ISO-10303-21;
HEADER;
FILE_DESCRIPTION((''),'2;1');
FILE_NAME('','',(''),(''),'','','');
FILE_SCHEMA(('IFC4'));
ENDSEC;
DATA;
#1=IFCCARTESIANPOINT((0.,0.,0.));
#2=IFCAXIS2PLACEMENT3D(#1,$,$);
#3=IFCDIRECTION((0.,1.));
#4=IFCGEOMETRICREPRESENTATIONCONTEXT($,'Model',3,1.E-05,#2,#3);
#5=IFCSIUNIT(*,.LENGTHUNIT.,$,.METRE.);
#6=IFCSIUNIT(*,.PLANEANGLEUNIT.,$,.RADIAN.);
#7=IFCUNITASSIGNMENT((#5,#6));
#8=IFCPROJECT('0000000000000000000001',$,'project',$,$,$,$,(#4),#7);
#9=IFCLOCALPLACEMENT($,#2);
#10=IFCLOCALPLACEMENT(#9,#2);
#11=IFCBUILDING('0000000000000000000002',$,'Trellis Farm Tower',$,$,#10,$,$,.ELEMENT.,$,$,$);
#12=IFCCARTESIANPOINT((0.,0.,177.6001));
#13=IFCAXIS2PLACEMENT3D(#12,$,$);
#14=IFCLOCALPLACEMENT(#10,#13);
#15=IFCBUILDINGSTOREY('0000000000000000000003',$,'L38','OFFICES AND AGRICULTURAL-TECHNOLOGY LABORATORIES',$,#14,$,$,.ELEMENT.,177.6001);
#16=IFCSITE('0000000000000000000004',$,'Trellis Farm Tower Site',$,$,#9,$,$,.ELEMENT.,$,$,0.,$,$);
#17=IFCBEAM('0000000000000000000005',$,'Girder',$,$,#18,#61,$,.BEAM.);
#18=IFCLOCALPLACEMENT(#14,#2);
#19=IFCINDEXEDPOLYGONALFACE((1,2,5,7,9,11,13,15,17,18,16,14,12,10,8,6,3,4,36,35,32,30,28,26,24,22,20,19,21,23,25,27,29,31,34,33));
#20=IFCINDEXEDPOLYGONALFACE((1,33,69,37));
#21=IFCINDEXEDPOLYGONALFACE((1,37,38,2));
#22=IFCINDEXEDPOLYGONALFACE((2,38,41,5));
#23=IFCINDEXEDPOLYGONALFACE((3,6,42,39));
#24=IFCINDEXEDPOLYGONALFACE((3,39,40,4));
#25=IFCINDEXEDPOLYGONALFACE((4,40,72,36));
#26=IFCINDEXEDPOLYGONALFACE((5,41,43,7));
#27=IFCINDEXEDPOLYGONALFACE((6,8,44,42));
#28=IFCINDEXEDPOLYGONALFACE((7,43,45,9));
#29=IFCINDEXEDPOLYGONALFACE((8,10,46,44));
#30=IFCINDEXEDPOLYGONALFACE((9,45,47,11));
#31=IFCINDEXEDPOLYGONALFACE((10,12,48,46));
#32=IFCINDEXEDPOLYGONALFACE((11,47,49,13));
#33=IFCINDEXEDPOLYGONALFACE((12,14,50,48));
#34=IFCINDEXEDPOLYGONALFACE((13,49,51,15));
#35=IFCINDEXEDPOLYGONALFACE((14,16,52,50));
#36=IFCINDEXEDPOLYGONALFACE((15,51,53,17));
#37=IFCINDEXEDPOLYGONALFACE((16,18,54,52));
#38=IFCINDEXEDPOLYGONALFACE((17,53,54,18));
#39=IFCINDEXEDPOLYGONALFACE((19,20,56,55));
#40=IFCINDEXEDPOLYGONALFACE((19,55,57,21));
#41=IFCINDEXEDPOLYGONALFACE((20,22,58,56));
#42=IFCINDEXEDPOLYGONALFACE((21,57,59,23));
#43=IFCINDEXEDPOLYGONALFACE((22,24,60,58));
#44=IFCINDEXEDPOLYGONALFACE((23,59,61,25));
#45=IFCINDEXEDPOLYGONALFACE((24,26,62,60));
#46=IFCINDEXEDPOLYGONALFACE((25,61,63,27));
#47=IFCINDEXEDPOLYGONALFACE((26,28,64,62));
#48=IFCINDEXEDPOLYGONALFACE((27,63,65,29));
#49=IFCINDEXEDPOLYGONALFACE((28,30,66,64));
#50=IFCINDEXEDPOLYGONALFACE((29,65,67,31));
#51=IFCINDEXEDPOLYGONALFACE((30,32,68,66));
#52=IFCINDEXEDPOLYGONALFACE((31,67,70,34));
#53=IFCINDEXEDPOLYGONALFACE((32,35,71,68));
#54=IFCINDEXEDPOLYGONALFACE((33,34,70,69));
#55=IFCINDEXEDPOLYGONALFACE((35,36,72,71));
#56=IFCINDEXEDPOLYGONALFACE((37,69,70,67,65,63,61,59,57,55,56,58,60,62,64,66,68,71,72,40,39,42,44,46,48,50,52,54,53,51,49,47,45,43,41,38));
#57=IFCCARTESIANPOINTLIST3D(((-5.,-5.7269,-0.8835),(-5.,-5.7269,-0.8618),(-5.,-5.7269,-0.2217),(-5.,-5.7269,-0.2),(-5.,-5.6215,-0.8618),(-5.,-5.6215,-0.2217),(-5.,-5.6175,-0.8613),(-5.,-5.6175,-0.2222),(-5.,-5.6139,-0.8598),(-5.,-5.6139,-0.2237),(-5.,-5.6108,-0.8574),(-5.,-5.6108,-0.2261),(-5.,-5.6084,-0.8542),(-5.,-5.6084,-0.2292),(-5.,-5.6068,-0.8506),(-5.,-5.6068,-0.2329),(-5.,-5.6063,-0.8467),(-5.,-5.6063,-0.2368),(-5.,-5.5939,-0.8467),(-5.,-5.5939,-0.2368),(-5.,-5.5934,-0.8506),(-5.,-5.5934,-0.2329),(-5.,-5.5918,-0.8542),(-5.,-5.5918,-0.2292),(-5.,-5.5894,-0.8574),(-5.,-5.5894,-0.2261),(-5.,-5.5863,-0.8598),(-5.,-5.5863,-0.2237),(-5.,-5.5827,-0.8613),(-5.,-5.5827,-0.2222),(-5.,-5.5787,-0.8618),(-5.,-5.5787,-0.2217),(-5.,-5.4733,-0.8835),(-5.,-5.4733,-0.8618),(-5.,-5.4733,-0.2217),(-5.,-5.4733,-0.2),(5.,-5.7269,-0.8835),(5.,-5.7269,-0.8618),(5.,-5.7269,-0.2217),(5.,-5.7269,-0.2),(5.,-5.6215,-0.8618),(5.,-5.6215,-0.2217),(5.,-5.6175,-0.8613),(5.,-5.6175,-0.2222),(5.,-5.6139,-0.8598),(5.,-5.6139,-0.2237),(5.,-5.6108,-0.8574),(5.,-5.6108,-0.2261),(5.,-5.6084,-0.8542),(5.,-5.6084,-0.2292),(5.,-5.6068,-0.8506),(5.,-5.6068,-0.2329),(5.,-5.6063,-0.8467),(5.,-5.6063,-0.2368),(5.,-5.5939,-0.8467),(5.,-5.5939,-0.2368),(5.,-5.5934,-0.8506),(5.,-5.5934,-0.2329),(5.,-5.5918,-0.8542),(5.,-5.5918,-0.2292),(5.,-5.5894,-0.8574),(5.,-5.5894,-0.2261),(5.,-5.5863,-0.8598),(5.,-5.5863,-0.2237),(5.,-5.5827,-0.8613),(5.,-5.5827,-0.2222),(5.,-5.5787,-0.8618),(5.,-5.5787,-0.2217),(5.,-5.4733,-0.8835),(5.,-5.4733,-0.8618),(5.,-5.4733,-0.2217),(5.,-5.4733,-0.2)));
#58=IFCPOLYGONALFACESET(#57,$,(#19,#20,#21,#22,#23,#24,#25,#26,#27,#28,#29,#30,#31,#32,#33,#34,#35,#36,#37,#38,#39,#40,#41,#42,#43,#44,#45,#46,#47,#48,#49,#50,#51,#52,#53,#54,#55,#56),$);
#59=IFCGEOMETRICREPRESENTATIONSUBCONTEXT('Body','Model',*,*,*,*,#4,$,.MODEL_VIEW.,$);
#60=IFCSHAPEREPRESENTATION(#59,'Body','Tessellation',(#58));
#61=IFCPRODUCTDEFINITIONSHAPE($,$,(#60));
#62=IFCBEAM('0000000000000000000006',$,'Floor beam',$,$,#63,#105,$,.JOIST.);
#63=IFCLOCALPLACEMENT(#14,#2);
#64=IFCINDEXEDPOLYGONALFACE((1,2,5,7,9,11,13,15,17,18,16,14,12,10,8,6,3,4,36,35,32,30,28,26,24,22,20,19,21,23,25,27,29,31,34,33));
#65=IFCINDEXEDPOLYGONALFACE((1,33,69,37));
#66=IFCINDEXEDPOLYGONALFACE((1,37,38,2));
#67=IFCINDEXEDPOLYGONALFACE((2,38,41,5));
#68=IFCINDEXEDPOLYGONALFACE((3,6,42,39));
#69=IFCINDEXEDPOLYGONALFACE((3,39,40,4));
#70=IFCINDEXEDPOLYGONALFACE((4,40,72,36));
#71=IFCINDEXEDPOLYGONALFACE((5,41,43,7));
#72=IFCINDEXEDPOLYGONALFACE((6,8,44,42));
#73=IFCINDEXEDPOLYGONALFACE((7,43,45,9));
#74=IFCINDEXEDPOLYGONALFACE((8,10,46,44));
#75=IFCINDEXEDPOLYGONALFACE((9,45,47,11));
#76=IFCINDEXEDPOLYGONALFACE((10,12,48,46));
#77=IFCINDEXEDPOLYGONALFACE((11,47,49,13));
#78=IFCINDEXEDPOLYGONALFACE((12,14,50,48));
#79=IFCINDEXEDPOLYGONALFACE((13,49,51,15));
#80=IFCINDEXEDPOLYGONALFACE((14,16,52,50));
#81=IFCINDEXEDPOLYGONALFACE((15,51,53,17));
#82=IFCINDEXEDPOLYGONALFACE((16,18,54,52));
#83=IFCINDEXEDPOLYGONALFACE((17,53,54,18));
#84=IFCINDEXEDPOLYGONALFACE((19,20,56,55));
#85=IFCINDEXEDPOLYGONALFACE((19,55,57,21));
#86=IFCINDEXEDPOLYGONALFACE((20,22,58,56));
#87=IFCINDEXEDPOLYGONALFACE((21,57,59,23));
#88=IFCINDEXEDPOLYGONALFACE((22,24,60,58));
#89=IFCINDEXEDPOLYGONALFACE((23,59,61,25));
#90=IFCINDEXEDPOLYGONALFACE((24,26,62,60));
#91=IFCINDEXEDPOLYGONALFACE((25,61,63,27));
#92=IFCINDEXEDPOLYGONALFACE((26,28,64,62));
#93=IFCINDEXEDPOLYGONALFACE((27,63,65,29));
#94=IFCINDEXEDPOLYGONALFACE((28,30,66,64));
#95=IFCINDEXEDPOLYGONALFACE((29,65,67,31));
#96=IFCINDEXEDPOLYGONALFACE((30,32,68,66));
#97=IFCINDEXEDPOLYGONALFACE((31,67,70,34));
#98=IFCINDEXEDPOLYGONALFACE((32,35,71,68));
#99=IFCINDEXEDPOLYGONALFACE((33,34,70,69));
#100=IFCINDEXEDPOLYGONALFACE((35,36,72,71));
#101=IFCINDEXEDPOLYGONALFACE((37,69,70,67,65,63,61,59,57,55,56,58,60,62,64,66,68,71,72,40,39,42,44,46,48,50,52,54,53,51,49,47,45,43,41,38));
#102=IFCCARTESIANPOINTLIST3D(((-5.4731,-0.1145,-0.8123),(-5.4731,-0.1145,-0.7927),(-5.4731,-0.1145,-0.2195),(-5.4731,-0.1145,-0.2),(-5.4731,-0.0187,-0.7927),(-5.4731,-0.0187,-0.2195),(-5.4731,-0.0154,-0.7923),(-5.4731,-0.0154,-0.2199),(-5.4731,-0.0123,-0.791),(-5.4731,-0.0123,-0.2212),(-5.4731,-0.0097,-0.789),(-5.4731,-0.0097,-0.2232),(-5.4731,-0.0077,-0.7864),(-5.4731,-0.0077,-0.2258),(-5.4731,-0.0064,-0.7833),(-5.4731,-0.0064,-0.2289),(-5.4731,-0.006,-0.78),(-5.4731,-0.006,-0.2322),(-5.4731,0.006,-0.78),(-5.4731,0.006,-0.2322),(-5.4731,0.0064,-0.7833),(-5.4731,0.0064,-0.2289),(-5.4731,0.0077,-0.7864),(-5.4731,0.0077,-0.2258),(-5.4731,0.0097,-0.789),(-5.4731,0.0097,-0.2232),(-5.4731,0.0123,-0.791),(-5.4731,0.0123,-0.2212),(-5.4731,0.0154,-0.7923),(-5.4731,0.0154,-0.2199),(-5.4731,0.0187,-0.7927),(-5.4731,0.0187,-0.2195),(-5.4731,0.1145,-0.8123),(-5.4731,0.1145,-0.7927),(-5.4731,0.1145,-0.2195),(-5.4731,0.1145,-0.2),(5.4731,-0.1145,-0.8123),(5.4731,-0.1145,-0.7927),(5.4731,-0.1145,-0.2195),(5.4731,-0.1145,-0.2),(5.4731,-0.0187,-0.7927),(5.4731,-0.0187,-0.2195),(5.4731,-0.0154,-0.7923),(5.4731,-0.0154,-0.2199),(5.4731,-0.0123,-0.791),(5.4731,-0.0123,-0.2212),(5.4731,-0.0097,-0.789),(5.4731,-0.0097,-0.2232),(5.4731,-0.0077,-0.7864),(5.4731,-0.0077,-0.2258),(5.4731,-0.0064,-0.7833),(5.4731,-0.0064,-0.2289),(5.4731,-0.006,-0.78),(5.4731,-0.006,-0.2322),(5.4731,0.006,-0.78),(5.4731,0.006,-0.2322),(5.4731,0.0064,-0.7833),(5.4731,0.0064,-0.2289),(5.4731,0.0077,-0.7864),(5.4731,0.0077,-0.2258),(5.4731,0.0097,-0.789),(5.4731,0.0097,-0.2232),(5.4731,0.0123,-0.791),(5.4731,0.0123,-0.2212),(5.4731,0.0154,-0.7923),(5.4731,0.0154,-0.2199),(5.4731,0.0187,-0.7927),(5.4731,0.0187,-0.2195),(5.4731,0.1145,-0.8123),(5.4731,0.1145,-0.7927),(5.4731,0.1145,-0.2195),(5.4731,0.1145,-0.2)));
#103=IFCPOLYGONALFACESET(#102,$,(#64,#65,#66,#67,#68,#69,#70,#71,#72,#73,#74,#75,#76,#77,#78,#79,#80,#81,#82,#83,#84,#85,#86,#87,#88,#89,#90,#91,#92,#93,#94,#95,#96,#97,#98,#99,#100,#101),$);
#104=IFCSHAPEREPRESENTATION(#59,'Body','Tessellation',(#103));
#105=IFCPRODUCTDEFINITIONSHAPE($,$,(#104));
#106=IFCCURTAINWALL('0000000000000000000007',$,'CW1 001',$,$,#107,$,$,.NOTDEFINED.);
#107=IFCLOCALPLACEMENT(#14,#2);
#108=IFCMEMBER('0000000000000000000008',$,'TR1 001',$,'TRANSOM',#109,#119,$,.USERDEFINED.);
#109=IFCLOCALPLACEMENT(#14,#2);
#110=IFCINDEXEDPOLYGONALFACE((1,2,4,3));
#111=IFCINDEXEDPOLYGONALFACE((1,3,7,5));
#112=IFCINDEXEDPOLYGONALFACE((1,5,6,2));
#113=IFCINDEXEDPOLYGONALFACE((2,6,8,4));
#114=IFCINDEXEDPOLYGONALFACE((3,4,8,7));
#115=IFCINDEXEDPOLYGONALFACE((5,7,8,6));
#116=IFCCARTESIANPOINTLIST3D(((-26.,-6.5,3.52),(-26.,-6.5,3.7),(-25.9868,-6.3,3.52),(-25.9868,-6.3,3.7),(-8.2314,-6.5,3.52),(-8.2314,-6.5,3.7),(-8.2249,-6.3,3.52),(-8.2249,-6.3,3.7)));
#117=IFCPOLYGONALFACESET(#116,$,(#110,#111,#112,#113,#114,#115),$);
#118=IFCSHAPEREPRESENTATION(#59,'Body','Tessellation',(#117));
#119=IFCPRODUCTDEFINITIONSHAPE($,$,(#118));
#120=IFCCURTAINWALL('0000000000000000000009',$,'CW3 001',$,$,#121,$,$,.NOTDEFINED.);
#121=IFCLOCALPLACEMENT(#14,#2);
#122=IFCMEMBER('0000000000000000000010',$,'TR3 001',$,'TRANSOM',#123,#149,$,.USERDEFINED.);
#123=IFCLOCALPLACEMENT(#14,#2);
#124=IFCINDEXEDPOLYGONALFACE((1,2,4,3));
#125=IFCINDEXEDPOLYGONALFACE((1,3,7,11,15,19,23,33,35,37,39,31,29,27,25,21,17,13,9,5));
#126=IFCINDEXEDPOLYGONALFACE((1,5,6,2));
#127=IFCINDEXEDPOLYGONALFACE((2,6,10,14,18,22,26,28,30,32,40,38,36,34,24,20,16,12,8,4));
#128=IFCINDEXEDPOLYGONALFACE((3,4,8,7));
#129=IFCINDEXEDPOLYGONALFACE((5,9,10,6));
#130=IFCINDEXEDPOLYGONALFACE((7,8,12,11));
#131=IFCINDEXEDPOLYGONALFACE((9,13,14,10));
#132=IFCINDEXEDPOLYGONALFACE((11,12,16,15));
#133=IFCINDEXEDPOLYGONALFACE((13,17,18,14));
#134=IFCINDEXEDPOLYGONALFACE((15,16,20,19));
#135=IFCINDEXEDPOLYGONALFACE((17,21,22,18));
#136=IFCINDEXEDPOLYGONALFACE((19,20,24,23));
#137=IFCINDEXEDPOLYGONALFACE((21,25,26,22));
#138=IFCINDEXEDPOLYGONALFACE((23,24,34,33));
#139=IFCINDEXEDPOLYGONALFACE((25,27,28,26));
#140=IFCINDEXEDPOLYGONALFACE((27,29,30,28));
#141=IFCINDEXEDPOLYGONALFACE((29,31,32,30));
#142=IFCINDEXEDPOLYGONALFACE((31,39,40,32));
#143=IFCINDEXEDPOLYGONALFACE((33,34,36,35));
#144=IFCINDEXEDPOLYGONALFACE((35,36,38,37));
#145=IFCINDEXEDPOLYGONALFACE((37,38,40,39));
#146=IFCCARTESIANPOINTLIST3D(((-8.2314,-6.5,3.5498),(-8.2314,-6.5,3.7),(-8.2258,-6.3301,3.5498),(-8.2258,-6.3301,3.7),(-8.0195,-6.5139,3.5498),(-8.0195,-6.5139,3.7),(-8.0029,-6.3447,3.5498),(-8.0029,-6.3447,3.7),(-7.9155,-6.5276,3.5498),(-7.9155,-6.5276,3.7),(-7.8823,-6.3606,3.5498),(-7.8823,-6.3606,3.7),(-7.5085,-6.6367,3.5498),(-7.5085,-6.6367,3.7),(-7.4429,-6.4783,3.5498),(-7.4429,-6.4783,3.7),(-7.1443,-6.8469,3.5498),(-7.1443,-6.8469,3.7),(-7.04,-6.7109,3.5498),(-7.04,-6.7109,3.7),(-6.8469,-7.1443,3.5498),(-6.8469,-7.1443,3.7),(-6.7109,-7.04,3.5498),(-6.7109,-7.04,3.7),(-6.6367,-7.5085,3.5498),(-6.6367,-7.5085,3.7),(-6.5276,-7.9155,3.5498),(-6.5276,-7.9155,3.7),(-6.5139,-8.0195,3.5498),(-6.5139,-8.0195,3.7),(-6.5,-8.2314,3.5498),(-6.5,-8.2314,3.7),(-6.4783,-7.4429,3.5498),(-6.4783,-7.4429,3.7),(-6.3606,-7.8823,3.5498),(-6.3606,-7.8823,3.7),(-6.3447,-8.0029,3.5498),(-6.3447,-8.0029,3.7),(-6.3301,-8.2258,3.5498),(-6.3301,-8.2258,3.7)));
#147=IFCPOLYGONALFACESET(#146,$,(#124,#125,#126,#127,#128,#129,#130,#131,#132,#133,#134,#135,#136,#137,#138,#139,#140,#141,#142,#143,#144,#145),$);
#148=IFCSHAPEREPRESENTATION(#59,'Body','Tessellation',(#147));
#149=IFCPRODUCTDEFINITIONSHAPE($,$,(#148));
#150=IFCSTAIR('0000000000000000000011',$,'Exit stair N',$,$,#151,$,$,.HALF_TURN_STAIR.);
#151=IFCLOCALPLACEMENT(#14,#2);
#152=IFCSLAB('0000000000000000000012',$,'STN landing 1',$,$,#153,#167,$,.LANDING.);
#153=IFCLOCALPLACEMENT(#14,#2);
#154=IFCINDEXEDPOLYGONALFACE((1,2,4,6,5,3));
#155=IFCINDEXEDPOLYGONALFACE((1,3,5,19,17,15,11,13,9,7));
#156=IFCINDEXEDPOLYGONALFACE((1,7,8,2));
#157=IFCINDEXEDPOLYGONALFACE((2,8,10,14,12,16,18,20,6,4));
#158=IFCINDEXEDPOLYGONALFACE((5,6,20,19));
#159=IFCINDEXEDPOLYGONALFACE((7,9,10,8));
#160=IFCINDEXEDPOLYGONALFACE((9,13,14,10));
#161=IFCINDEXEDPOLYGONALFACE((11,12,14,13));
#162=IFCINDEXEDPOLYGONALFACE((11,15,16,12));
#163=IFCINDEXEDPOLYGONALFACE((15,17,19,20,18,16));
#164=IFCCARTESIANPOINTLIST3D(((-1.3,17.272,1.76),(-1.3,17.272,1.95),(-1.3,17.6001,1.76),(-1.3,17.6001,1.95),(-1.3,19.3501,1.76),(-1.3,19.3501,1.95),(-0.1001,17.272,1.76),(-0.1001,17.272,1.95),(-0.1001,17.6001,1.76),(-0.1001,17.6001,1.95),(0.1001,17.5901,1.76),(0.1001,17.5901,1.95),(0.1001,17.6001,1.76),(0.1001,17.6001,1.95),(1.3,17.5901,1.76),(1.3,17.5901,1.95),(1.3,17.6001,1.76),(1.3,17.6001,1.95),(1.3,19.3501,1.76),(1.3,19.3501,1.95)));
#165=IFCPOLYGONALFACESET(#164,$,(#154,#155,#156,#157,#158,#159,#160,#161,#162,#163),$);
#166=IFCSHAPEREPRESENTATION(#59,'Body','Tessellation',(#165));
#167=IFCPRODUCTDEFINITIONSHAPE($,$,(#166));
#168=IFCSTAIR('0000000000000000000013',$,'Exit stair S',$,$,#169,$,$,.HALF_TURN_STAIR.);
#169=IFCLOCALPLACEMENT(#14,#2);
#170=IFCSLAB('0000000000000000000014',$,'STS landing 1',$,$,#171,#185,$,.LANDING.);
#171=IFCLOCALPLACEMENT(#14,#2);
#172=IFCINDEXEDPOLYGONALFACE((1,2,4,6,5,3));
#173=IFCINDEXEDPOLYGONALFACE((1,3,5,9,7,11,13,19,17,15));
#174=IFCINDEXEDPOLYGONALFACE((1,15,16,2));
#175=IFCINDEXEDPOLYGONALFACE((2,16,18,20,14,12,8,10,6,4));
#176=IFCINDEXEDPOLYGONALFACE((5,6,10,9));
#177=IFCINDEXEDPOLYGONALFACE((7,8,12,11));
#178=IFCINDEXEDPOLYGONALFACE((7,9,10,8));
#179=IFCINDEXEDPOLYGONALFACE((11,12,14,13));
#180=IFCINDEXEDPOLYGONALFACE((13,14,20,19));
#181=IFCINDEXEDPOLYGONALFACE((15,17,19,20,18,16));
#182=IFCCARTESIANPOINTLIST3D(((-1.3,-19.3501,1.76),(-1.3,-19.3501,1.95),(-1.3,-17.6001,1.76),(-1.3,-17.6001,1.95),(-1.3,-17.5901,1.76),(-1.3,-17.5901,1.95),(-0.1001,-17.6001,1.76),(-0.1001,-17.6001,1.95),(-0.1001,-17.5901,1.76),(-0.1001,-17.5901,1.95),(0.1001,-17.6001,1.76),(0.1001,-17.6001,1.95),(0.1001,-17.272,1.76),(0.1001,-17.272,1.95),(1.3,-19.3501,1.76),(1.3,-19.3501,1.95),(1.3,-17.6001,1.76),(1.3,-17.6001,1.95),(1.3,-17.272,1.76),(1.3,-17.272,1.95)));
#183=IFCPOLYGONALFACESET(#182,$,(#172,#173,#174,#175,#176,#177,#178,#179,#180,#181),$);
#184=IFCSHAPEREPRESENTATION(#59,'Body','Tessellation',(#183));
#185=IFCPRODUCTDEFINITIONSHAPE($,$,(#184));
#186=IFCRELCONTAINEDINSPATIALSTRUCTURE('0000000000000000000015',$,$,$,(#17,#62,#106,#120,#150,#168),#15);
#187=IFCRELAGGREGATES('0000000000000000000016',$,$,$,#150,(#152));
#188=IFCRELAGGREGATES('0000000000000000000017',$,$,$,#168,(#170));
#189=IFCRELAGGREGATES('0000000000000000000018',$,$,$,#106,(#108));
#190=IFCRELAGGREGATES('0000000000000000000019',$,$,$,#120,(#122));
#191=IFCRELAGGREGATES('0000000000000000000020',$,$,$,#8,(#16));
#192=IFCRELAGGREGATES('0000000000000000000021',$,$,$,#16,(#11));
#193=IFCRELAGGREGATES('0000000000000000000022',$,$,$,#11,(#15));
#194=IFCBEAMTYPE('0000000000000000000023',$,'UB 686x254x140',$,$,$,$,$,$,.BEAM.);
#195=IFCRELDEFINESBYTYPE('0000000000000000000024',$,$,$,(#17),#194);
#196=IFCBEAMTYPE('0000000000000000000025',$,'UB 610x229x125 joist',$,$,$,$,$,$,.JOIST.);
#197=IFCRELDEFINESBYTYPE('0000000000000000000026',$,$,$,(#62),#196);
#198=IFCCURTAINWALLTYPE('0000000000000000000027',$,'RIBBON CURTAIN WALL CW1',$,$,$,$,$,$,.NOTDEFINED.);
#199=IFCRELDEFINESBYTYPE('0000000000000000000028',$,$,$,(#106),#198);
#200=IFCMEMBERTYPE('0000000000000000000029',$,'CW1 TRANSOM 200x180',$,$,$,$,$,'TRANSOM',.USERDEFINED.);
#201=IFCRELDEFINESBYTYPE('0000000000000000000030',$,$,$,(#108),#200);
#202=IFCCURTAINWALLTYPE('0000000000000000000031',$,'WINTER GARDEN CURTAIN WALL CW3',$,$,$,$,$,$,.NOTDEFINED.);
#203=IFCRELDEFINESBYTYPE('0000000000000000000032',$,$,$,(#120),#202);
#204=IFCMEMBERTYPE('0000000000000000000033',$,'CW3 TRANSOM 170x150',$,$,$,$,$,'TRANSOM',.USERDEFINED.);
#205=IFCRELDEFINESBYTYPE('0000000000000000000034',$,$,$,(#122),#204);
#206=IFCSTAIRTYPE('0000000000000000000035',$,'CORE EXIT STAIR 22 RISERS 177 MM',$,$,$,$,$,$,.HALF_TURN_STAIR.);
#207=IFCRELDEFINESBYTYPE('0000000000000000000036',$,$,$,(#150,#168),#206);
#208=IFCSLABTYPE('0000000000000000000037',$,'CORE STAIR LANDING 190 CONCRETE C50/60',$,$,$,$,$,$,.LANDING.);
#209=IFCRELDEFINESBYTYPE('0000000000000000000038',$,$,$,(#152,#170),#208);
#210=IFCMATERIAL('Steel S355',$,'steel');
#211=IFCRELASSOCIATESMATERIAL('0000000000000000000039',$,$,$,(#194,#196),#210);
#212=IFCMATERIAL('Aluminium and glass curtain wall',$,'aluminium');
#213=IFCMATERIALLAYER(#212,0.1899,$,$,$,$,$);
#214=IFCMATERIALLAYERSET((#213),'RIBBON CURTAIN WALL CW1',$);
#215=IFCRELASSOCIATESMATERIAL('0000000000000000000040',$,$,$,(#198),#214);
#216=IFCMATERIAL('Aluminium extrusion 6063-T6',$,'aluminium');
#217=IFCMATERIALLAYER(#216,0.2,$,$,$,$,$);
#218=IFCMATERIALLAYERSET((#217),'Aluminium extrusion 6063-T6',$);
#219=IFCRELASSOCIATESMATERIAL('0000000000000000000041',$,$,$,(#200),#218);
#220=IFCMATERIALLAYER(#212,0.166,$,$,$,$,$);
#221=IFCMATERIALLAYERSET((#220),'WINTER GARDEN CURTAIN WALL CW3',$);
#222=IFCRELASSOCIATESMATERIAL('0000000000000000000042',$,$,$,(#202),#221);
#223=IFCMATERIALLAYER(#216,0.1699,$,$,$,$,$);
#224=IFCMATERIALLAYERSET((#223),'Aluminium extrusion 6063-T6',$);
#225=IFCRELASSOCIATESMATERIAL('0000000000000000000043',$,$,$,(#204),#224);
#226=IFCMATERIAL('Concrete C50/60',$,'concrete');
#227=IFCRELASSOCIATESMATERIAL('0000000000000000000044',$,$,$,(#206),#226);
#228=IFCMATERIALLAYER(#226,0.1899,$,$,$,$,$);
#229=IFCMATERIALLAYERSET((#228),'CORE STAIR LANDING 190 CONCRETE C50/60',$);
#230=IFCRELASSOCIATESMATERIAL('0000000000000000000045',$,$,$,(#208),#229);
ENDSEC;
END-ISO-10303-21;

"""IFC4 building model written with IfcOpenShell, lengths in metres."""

from ifc_helpers import new_model, si_unit, direction, frame, origin, origin_2d, place, context, subcontext, project, spatial, polyline, i_section, outline, extrude, source, transform, mapped, material, layer, layer_set, material_profile, profile_set, type_object, element, aggregate, save


model = new_model("IFC4")

# Units and contexts
model_context = context("Model", 3, precision=1e-05, world=origin(), true_north=direction((0.0, 1.0)))
body_context = subcontext(model_context, "Body", "Model", "MODEL_VIEW")
ifc_project = project(units=[si_unit("LENGTHUNIT", "METRE"), si_unit("PLANEANGLEUNIT", "RADIAN")], contexts=[model_context])

# Site, building, storey
site_placement = place(None, origin())
site = spatial("IfcSite", under=ifc_project, at=site_placement, Name="Trellis Farm Tower Site", CompositionType="ELEMENT", RefElevation=0.0)
building_placement = place(site_placement, origin())
building = spatial("IfcBuilding", under=site, at=building_placement, Name="Trellis Farm Tower", CompositionType="ELEMENT")
storey_placement = place(building_placement, frame((0.0, 0.0, 177.6001)))
storey = spatial("IfcBuildingStorey", under=building, at=storey_placement, Name="L38", Description="OFFICES AND AGRICULTURAL-TECHNOLOGY LABORATORIES", CompositionType="ELEMENT", Elevation=177.6001)

# Beams
ifc_material_1 = material(Name="Steel S355", Category="steel")
ifc_material_profile_1 = material_profile(ifc_material_1, i_section(OverallWidth=0.2537, OverallDepth=0.6836, WebThickness=0.0125, FlangeThickness=0.0217, FilletRadius=0.0151, at=origin_2d()), Name="UB 686x254x140")
ifc_profile_set_1 = profile_set([ifc_material_profile_1], Name="Steel S355")
beam_type_1 = type_object("IfcBeamType", Name="UB 686x254x140", PredefinedType="BEAM", material=ifc_profile_set_1)
shared_shape_1 = source(origin(), body_context, "Body", "SweptSolid", [
    extrude(i_section(OverallWidth=0.2537, OverallDepth=0.6836, WebThickness=0.0125, FlangeThickness=0.0217, FilletRadius=0.0151, at=origin_2d()), origin(), (0.0, 0.0, 1.0), 10.0),
])
beam_1_placement = place(storey_placement, frame((-5.0, -5.6001, -0.5417), z_axis=(1.0, 0.0, 0.0), x_axis=(0.0, 1.0, 0.0)))
element("IfcBeam", 1, at=beam_1_placement, inside=storey, type_object=beam_type_1, Name="Girder", PredefinedType="BEAM", context=body_context, shape_type="MappedRepresentation", body=[
    mapped(shared_shape_1, transform((0.0, 0.0, 0.0))),
])
ifc_material_profile_2 = material_profile(ifc_material_1, i_section(OverallWidth=0.229, OverallDepth=0.6123, WebThickness=0.012, FlangeThickness=0.0195, FilletRadius=0.0127, at=origin_2d()), Name="UB 610x229x125")
ifc_profile_set_2 = profile_set([ifc_material_profile_2], Name="Steel S355")
beam_type_2 = type_object("IfcBeamType", Name="UB 610x229x125 joist", PredefinedType="JOIST", material=ifc_profile_set_2)
shared_shape_2 = source(origin(), body_context, "Body", "SweptSolid", [
    extrude(i_section(OverallWidth=0.229, OverallDepth=0.6123, WebThickness=0.012, FlangeThickness=0.0195, FilletRadius=0.0127, at=origin_2d()), origin(), (0.0, 0.0, 1.0), 10.9463),
])
beam_2_placement = place(storey_placement, frame((-5.4731, 0.0, -0.5061), z_axis=(1.0, 0.0, 0.0), x_axis=(0.0, 1.0, 0.0)))
element("IfcBeam", 2, at=beam_2_placement, inside=storey, type_object=beam_type_2, Name="Floor beam", PredefinedType="JOIST", context=body_context, shape_type="MappedRepresentation", body=[
    mapped(shared_shape_2, transform((0.0, 0.0, 0.0))),
])

# Curtain walls, members
ifc_material_2 = material(Name="Aluminium and glass curtain wall", Category="aluminium")
ifc_layer_1 = layer(ifc_material_2, 0.1899)
ifc_layer_set_1 = layer_set([ifc_layer_1], Name="RIBBON CURTAIN WALL CW1")
curtain_wall_type_1 = type_object("IfcCurtainWallType", Name="RIBBON CURTAIN WALL CW1", PredefinedType="NOTDEFINED", material=ifc_layer_set_1)
placement_1 = place(storey_placement, origin())
curtain_wall_1 = element("IfcCurtainWall", 3, at=placement_1, inside=storey, type_object=curtain_wall_type_1, Name="CW1 001", PredefinedType="NOTDEFINED")
ifc_material_3 = material(Name="Aluminium extrusion 6063-T6", Category="aluminium")
ifc_layer_2 = layer(ifc_material_3, 0.2)
ifc_layer_set_2 = layer_set([ifc_layer_2], Name="Aluminium extrusion 6063-T6")
member_type_1 = type_object("IfcMemberType", Name="CW1 TRANSOM 200x180", ElementType="TRANSOM", PredefinedType="USERDEFINED", material=ifc_layer_set_2)
shared_shape_3 = source(origin(), body_context, "Body", "SweptSolid", [
    extrude(outline(polyline([(-26.0, -6.5), (-8.2314, -6.5), (-8.2249, -6.3), (-25.9868, -6.3), (-26.0, -6.5)])), origin(), (0.0, 0.0, 1.0), 0.1799),
])
member_1_placement = place(storey_placement, frame((0.0, 0.0, 3.52)))
member_1 = element("IfcMember", 4, at=member_1_placement, type_object=member_type_1, Name="TR1 001", ObjectType="TRANSOM", PredefinedType="USERDEFINED", context=body_context, shape_type="MappedRepresentation", body=[
    mapped(shared_shape_3, transform((0.0, 0.0, 0.0))),
])
ifc_layer_3 = layer(ifc_material_2, 0.166)
ifc_layer_set_3 = layer_set([ifc_layer_3], Name="WINTER GARDEN CURTAIN WALL CW3")
curtain_wall_type_2 = type_object("IfcCurtainWallType", Name="WINTER GARDEN CURTAIN WALL CW3", PredefinedType="NOTDEFINED", material=ifc_layer_set_3)
curtain_wall_2 = element("IfcCurtainWall", 5, at=placement_1, inside=storey, type_object=curtain_wall_type_2, Name="CW3 001", PredefinedType="NOTDEFINED")
ifc_layer_4 = layer(ifc_material_3, 0.1699)
ifc_layer_set_4 = layer_set([ifc_layer_4], Name="Aluminium extrusion 6063-T6")
member_type_2 = type_object("IfcMemberType", Name="CW3 TRANSOM 170x150", ElementType="TRANSOM", PredefinedType="USERDEFINED", material=ifc_layer_set_4)
shared_shape_4 = source(origin(), body_context, "Body", "SweptSolid", [
    extrude(outline(polyline([(-8.2314, -6.5), (-8.0195, -6.5139), (-7.9155, -6.5276), (-7.5085, -6.6367), (-7.1443, -6.8469), (-6.8469, -7.1443), (-6.6367, -7.5085), (-6.5276, -7.9155), (-6.5139, -8.0195), (-6.5, -8.2314), (-6.3301, -8.2258), (-6.3447, -8.0029), (-6.3606, -7.8823), (-6.4783, -7.4429), (-6.7109, -7.04), (-7.04, -6.7109), (-7.4429, -6.4783), (-7.8823, -6.3606), (-8.0029, -6.3447), (-8.2258, -6.3301), (-8.2314, -6.5)])), origin(), (0.0, 0.0, 1.0), 0.1501),
])
member_2_placement = place(storey_placement, frame((0.0, 0.0, 3.5498)))
member_2 = element("IfcMember", 6, at=member_2_placement, type_object=member_type_2, Name="TR3 001", ObjectType="TRANSOM", PredefinedType="USERDEFINED", context=body_context, shape_type="MappedRepresentation", body=[
    mapped(shared_shape_4, transform((0.0, 0.0, 0.0))),
])

# Stairs, slabs
ifc_material_4 = material(Name="Concrete C50/60", Category="concrete")
stair_type = type_object("IfcStairType", Name="CORE EXIT STAIR 22 RISERS 177 MM", PredefinedType="HALF_TURN_STAIR", material=ifc_material_4)
stair_1 = element("IfcStair", 7, at=placement_1, inside=storey, type_object=stair_type, Name="Exit stair N", PredefinedType="HALF_TURN_STAIR")
ifc_layer_5 = layer(ifc_material_4, 0.1899)
ifc_layer_set_5 = layer_set([ifc_layer_5], Name="CORE STAIR LANDING 190 CONCRETE C50/60")
slab_type_1 = type_object("IfcSlabType", Name="CORE STAIR LANDING 190 CONCRETE C50/60", PredefinedType="LANDING", material=ifc_layer_set_5)
shared_shape_5 = source(origin(), body_context, "Body", "SweptSolid", [
    extrude(outline(polyline([(-0.1001, 17.272), (-1.3, 17.272), (-1.3, 17.6001), (-1.3, 19.3501), (1.3, 19.3501), (1.3, 17.6001), (1.3, 17.5901), (0.1001, 17.5901), (0.1001, 17.6001), (-0.1001, 17.6001), (-0.1001, 17.272)])), origin(), (0.0, 0.0, 1.0), 0.1899),
])
placement_2 = place(storey_placement, frame((0.0, 0.0, 1.76)))
slab_1 = element("IfcSlab", 8, at=placement_2, type_object=slab_type_1, Name="STN landing 1", PredefinedType="LANDING", context=body_context, shape_type="MappedRepresentation", body=[
    mapped(shared_shape_5, transform((0.0, 0.0, 0.0))),
])
aggregate(stair_1, [slab_1])
stair_2 = element("IfcStair", 9, at=placement_1, inside=storey, type_object=stair_type, Name="Exit stair S", PredefinedType="HALF_TURN_STAIR")
shared_shape_6 = source(origin(), body_context, "Body", "SweptSolid", [
    extrude(outline(polyline([(1.3, -19.3501), (-1.3, -19.3501), (-1.3, -17.6001), (-1.3, -17.5901), (-0.1001, -17.5901), (-0.1001, -17.6001), (0.1001, -17.6001), (0.1001, -17.272), (1.3, -17.272), (1.3, -17.6001), (1.3, -19.3501)])), origin(), (0.0, 0.0, 1.0), 0.1899),
])
slab_2 = element("IfcSlab", 10, at=placement_2, type_object=slab_type_1, Name="STS landing 1", PredefinedType="LANDING", context=body_context, shape_type="MappedRepresentation", body=[
    mapped(shared_shape_6, transform((0.0, 0.0, 0.0))),
])
aggregate(stair_2, [slab_2])

aggregate(curtain_wall_1, [member_1])
aggregate(curtain_wall_2, [member_2])

save(model, "model.ifc")
